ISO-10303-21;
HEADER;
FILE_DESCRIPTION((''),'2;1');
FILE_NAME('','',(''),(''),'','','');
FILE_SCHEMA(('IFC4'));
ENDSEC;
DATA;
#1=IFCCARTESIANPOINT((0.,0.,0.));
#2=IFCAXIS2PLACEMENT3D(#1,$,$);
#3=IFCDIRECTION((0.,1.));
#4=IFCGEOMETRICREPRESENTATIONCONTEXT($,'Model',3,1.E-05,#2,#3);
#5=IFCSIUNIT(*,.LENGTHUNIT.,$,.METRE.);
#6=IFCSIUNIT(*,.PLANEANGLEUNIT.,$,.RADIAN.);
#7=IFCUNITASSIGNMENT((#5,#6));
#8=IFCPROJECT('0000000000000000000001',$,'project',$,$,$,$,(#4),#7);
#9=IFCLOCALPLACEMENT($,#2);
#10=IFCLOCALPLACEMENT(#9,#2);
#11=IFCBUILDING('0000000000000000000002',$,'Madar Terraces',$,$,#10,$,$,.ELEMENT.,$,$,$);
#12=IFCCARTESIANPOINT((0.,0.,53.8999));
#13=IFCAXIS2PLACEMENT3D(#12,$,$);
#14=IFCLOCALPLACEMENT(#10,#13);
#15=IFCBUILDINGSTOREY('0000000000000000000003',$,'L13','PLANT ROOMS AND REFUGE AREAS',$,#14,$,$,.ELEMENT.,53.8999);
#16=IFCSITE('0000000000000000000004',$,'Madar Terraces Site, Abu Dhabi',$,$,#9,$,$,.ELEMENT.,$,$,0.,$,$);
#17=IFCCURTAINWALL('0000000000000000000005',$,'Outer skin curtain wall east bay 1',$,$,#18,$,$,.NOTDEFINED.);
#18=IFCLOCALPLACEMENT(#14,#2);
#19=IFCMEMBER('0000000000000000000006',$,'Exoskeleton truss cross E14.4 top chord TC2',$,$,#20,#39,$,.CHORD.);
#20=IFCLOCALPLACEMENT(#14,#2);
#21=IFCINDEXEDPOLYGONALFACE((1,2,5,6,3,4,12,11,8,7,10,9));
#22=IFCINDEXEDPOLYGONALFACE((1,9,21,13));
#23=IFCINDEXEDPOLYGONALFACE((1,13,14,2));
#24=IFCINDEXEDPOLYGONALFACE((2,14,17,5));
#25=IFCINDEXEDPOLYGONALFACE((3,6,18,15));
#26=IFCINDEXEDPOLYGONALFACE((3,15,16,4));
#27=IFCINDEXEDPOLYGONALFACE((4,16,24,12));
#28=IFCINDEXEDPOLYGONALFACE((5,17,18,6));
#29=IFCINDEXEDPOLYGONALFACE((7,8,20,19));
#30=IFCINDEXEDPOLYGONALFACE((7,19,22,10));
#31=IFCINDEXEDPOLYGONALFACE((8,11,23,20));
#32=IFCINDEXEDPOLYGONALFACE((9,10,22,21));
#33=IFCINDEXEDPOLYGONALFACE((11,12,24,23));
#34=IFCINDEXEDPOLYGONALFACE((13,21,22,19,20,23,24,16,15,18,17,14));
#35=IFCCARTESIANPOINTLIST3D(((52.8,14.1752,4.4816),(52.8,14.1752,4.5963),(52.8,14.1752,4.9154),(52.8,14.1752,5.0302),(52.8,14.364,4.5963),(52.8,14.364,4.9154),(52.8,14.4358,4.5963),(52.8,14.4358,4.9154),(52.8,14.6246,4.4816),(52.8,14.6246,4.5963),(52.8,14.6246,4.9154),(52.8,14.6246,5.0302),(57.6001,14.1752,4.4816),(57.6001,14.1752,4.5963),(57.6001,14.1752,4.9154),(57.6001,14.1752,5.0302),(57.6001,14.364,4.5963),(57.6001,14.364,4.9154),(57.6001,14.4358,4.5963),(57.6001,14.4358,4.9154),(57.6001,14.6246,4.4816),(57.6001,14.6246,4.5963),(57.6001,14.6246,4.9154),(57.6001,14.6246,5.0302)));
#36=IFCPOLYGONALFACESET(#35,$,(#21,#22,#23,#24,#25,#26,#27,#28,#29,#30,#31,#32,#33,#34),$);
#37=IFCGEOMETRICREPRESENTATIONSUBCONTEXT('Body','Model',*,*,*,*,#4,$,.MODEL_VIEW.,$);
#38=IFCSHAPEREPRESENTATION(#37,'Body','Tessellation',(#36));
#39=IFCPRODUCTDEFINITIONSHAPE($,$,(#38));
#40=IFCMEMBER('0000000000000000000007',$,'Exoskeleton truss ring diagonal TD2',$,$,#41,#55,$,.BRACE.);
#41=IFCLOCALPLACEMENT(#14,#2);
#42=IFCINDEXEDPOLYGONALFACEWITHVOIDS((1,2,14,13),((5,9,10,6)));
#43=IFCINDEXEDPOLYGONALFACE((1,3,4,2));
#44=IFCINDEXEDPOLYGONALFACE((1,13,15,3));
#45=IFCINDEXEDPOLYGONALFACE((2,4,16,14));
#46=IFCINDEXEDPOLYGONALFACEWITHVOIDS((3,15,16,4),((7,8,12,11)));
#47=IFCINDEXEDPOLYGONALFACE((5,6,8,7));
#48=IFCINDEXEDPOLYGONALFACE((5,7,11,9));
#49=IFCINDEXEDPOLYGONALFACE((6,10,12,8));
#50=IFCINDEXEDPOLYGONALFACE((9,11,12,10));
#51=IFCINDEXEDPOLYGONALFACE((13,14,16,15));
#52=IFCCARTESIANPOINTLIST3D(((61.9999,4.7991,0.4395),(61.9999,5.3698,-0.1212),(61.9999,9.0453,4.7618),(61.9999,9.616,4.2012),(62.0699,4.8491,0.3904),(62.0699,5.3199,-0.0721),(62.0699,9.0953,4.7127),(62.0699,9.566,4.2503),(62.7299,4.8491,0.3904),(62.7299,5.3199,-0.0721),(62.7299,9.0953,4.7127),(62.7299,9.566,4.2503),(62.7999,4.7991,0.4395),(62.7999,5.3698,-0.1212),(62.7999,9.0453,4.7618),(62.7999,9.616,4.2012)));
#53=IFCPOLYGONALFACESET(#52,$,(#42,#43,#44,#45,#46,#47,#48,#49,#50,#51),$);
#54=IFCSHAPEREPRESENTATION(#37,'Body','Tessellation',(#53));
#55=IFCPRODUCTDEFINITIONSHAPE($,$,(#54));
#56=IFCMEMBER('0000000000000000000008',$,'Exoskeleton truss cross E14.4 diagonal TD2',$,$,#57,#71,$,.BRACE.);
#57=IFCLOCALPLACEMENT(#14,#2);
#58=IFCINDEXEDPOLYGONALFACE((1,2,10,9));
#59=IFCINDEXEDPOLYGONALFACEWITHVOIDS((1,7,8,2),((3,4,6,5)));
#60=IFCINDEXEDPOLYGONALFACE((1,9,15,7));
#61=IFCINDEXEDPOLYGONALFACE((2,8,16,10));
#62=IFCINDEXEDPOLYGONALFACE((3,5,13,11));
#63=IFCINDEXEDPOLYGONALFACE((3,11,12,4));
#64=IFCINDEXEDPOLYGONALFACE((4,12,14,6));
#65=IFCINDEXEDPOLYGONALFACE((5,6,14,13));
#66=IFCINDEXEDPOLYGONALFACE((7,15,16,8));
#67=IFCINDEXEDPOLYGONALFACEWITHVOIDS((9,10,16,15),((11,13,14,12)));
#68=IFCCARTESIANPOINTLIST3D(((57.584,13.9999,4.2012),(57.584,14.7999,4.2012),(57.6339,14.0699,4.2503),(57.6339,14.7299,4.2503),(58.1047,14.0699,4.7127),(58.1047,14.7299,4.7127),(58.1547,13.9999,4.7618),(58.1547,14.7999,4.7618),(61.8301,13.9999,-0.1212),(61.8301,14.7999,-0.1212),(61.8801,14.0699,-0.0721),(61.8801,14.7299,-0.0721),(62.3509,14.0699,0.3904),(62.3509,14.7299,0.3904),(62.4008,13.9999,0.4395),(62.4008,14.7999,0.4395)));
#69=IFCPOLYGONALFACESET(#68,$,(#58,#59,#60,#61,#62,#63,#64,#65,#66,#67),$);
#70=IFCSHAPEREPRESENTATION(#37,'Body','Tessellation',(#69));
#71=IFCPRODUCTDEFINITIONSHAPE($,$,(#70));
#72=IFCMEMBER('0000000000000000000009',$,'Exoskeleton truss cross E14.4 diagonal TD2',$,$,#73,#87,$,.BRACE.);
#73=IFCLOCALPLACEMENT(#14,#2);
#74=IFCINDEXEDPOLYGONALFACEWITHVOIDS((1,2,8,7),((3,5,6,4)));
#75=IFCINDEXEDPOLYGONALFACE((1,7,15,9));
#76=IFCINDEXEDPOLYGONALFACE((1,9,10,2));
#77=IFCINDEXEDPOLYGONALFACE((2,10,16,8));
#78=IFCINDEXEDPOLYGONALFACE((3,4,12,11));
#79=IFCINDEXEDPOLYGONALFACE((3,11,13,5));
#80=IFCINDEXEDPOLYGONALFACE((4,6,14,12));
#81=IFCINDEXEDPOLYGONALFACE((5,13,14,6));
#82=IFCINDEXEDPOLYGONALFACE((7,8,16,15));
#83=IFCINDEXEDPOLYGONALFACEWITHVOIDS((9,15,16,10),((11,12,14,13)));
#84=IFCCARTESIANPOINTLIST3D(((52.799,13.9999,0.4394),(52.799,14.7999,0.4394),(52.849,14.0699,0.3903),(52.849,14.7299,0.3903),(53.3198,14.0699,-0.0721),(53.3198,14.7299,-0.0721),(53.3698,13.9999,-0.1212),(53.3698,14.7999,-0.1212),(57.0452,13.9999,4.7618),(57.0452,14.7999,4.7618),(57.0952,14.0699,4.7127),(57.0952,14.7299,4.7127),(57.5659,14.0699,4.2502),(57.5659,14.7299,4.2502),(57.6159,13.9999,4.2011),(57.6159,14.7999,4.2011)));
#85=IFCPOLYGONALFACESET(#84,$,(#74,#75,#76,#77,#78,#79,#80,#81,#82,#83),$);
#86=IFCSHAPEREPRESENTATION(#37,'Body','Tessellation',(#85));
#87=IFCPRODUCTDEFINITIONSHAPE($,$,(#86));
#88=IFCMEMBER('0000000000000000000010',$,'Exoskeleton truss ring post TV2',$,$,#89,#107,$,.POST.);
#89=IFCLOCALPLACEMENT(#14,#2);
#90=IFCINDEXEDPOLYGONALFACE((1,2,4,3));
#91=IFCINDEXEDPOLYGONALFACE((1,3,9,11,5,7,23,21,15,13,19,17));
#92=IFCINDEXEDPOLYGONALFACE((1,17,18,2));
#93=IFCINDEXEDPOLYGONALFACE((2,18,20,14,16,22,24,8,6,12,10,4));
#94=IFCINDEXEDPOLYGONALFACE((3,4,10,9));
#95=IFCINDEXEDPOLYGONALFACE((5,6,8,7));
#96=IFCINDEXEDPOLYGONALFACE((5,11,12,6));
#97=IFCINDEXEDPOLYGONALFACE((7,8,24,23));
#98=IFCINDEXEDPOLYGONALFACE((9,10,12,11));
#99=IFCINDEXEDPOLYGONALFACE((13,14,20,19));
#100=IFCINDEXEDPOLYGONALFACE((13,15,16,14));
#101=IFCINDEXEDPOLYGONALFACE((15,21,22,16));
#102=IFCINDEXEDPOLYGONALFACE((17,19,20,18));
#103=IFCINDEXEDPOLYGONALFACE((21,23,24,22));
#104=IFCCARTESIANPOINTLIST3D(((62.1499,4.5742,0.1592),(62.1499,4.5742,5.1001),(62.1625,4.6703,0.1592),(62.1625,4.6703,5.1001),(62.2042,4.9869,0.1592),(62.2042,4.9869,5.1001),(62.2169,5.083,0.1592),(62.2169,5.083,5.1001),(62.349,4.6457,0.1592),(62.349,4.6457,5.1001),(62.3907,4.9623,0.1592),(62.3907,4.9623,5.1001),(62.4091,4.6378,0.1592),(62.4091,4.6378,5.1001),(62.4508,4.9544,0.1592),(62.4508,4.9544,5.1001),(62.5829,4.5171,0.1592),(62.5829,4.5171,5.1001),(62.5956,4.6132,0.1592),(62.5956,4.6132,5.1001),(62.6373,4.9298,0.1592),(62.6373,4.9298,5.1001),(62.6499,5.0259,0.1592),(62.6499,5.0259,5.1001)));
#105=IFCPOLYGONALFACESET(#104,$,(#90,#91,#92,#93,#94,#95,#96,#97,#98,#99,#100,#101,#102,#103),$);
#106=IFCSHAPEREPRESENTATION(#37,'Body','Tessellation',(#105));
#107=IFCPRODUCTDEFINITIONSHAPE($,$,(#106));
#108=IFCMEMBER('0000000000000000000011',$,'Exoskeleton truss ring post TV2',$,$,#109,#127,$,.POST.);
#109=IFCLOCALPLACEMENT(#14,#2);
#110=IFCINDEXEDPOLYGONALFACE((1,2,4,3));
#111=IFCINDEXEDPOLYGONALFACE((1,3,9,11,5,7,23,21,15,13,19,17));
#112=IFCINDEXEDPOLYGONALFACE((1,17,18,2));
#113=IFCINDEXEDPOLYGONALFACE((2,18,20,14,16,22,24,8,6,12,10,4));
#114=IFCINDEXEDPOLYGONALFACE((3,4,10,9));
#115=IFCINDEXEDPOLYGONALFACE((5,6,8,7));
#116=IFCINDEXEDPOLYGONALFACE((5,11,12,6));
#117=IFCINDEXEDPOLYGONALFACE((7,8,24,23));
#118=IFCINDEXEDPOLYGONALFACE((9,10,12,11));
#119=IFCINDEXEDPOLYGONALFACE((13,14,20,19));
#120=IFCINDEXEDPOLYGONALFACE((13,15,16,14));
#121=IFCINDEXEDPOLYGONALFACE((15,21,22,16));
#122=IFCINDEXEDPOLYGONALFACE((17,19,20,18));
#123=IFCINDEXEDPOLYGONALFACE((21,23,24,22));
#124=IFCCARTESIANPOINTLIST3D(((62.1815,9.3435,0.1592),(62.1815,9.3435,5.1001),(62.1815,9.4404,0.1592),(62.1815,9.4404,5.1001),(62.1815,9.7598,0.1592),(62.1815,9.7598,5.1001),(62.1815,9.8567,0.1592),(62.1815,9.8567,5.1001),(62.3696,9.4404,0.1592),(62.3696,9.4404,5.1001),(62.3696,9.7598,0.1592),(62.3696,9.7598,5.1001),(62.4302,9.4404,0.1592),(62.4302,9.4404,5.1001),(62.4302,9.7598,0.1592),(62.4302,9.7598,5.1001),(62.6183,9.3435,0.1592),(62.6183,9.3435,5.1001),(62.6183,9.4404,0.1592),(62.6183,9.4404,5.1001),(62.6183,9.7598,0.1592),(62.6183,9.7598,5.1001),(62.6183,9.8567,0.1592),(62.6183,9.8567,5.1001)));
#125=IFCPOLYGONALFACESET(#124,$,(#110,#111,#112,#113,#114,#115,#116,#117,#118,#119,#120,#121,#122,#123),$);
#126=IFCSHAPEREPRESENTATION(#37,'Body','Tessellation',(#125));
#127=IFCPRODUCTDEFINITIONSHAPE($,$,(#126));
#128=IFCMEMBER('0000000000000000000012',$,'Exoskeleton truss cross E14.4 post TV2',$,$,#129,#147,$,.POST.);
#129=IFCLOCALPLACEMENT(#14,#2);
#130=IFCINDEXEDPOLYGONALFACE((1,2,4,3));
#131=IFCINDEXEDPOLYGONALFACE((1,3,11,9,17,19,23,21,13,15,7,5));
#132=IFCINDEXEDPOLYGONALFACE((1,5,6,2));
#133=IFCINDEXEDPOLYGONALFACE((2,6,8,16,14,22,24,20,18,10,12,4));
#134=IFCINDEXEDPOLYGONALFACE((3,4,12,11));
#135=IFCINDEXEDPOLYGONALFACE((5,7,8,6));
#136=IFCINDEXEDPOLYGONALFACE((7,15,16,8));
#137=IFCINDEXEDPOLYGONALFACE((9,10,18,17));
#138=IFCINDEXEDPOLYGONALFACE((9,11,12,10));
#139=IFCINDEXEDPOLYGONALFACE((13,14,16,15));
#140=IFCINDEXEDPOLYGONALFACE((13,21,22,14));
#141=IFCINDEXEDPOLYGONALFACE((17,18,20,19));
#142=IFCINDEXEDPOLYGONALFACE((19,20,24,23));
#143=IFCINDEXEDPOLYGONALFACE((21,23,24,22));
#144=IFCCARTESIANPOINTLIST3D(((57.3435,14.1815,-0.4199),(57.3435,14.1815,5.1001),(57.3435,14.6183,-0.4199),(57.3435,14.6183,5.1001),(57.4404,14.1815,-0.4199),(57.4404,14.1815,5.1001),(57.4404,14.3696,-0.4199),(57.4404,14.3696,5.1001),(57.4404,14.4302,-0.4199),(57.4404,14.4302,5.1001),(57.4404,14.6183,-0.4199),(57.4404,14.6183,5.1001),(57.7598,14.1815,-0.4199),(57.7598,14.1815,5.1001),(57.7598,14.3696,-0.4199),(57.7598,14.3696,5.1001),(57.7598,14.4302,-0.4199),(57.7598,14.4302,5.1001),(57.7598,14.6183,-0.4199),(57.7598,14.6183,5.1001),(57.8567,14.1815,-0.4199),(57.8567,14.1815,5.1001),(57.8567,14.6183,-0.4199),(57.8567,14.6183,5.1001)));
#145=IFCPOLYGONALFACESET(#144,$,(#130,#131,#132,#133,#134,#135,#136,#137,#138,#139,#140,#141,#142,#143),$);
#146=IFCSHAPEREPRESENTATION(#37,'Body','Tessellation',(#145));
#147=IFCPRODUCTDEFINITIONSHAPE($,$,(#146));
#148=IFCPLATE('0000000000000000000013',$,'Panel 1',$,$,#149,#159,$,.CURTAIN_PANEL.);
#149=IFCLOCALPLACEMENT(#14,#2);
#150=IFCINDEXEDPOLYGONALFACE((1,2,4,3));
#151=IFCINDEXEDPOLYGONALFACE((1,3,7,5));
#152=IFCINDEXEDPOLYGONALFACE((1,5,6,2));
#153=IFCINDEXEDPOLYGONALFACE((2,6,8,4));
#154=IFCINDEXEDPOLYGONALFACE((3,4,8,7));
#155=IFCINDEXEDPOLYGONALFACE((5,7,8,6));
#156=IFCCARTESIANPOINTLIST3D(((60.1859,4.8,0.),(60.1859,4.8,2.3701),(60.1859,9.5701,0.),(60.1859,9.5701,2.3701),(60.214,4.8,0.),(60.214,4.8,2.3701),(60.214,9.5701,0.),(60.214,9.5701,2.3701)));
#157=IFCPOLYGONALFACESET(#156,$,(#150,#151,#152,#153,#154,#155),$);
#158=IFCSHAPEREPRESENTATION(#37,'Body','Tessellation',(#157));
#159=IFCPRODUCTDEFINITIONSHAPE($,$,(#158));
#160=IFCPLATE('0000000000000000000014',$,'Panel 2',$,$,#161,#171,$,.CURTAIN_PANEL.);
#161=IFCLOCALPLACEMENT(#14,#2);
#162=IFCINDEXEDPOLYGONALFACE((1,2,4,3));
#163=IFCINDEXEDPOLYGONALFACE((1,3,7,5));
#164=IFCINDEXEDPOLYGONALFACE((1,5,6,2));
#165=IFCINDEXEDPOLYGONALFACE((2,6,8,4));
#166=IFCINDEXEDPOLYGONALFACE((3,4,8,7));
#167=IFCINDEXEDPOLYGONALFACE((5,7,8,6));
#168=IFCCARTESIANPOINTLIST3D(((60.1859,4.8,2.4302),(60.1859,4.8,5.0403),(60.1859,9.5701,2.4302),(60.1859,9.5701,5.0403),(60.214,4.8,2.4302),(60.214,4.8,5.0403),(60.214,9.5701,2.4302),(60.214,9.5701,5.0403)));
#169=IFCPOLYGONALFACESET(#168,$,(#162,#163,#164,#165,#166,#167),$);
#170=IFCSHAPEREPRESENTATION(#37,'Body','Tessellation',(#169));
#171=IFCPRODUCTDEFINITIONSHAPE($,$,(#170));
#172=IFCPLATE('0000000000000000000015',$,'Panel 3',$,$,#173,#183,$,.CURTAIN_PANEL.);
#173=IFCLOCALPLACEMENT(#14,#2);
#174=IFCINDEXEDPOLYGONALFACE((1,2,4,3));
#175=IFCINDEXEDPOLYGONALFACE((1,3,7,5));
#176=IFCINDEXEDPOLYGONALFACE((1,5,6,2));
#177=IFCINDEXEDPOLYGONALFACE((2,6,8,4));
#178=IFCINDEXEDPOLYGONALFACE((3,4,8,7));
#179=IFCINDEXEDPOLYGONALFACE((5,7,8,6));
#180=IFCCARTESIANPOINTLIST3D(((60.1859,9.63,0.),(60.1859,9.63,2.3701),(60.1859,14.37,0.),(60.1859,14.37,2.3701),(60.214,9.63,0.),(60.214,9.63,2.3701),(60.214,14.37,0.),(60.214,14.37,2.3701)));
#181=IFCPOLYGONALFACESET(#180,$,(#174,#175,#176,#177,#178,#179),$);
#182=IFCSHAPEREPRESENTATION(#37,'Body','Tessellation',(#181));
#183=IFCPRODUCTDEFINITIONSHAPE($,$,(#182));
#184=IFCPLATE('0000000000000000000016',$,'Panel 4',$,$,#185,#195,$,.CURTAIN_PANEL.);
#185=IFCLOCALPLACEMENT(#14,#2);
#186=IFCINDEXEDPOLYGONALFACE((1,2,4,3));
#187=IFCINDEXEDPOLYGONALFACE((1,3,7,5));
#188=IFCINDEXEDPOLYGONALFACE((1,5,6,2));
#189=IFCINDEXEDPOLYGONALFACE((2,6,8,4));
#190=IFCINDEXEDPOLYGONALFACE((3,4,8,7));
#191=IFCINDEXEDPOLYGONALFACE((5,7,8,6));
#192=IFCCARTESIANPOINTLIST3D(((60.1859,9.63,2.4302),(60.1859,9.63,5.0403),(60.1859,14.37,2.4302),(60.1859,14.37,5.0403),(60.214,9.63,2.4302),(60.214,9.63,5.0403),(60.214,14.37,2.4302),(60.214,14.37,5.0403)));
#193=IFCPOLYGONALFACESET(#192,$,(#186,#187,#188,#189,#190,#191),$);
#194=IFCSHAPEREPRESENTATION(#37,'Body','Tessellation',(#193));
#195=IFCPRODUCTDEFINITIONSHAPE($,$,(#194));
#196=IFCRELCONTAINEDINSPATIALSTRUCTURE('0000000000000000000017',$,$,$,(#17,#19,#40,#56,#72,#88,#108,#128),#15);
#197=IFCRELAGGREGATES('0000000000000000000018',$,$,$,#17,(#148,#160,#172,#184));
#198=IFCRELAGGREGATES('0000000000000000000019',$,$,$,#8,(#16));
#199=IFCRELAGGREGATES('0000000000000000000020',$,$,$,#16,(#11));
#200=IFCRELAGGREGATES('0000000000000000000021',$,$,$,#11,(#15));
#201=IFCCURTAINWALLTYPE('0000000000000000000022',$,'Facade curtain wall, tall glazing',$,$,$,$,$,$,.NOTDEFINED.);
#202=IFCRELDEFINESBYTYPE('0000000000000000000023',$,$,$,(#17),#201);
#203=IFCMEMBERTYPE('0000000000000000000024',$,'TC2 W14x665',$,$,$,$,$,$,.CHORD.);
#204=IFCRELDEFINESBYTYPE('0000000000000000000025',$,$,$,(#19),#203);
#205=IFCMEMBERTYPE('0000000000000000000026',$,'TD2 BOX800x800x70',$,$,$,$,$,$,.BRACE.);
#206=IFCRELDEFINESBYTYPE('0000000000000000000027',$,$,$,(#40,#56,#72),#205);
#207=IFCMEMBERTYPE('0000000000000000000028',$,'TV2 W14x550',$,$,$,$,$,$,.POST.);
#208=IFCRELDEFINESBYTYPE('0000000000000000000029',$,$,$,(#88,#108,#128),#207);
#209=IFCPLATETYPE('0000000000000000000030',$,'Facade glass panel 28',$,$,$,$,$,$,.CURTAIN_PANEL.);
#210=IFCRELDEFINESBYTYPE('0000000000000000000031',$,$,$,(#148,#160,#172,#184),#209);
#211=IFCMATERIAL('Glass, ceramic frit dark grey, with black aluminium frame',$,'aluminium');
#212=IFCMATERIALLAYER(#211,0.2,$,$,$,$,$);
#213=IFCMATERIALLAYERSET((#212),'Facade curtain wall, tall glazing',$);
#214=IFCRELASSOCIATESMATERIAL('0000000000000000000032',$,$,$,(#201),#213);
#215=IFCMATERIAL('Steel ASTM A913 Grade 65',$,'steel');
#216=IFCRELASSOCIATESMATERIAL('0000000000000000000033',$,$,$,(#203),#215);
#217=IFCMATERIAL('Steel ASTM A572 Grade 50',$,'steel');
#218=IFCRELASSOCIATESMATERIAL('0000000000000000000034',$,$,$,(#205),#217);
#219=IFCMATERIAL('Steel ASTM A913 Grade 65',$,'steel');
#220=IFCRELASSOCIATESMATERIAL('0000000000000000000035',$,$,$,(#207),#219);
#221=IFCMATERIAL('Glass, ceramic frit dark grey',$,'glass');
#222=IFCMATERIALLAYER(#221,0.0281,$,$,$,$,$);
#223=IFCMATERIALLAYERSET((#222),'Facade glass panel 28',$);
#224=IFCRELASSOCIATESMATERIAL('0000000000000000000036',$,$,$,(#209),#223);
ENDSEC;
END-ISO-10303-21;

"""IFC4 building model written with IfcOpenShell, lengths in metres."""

from ifc_helpers import new_model, si_unit, direction, frame, origin, origin_2d, place, context, subcontext, project, spatial, rectangle, hollow_rectangle, i_section, extrude, material, layer, layer_set, material_profile, profile_set, type_object, element, aggregate, save


model = new_model("IFC4")

# Units and contexts
model_context = context("Model", 3, precision=1e-05, world=origin(), true_north=direction((0.0, 1.0)))
body_context = subcontext(model_context, "Body", "Model", "MODEL_VIEW")
ifc_project = project(units=[si_unit("LENGTHUNIT", "METRE"), si_unit("PLANEANGLEUNIT", "RADIAN")], contexts=[model_context])

# Site, building, storey
site_placement = place(None, origin())
site = spatial("IfcSite", under=ifc_project, at=site_placement, Name="Madar Terraces Site, Abu Dhabi", CompositionType="ELEMENT", RefElevation=0.0)
building_placement = place(site_placement, origin())
building = spatial("IfcBuilding", under=site, at=building_placement, Name="Madar Terraces", CompositionType="ELEMENT")
storey_placement = place(building_placement, frame((0.0, 0.0, 53.8999)))
storey = spatial("IfcBuildingStorey", under=building, at=storey_placement, Name="L13", Description="PLANT ROOMS AND REFUGE AREAS", CompositionType="ELEMENT", Elevation=53.8999)

# Curtain wall
ifc_material_1 = material(Name="Glass, ceramic frit dark grey, with black aluminium frame", Category="aluminium")
ifc_layer_1 = layer(ifc_material_1, 0.2)
ifc_layer_set_1 = layer_set([ifc_layer_1], Name="Facade curtain wall, tall glazing")
curtain_wall_type = type_object("IfcCurtainWallType", Name="Facade curtain wall, tall glazing", PredefinedType="NOTDEFINED", material=ifc_layer_set_1)
curtain_wall_placement = place(storey_placement, origin())
curtain_wall = element("IfcCurtainWall", 1, at=curtain_wall_placement, inside=storey, type_object=curtain_wall_type, Name="Outer skin curtain wall east bay 1", PredefinedType="NOTDEFINED")

# Members
ifc_material_2 = material(Name="Steel ASTM A913 Grade 65", Category="steel")
ifc_material_profile_1 = material_profile(ifc_material_2, i_section(OverallWidth=0.4495, OverallDepth=0.5486, WebThickness=0.0718, FlangeThickness=0.1147, at=origin_2d()), Name="W14x665")
ifc_profile_set_1 = profile_set([ifc_material_profile_1], Name="Steel ASTM A913 Grade 65")
member_type_1 = type_object("IfcMemberType", Name="TC2 W14x665", PredefinedType="CHORD", material=ifc_profile_set_1)
member_1_placement = place(storey_placement, frame((57.6001, 14.3999, 4.7559), z_axis=(-1.0, 0.0, 0.0), x_axis=(0.0, -1.0, 0.0)))
element("IfcMember", 2, at=member_1_placement, inside=storey, type_object=member_type_1, Name="Exoskeleton truss cross E14.4 top chord TC2", PredefinedType="CHORD", context=body_context, shape_type="SweptSolid", body=[
    extrude(i_section(OverallWidth=0.4495, OverallDepth=0.5486, WebThickness=0.0718, FlangeThickness=0.1147, at=origin_2d()), origin(), (0.0, 0.0, 1.0), 4.8),
])
ifc_material_3 = material(Name="Steel ASTM A572 Grade 50", Category="steel")
ifc_material_profile_2 = material_profile(ifc_material_3, hollow_rectangle(XDim=0.8, YDim=0.8, WallThickness=0.0701, at=origin_2d()), Name="BOX800x800x70")
ifc_profile_set_2 = profile_set([ifc_material_profile_2], Name="Steel ASTM A572 Grade 50")
member_type_2 = type_object("IfcMemberType", Name="TD2 BOX800x800x70", PredefinedType="BRACE", material=ifc_profile_set_2)
for number, where, z_axis, x_axis, name in (
    (3, (62.3999, 5.0845, 0.1592), (0.0, 0.700793, 0.713365), (-1.0, 0.0, 0.0), "Exoskeleton truss ring diagonal TD2"),
    (4, (62.1155, 14.3999, 0.1592), (-0.700793, 0.0, 0.713365), (0.0, -1.0, 0.0), "Exoskeleton truss cross E14.4 diagonal TD2"),
    (5, (57.3306, 14.3999, 4.4814), (-0.700793, 0.0, -0.713365), (0.0, -1.0, 0.0), "Exoskeleton truss cross E14.4 diagonal TD2"),
):
    element("IfcMember", number, at=place(storey_placement, frame(where, z_axis=z_axis, x_axis=x_axis)), inside=storey, type_object=member_type_2, Name=name, PredefinedType="BRACE", context=body_context, shape_type="SweptSolid", body=[
        extrude(hollow_rectangle(XDim=0.8, YDim=0.8, WallThickness=0.0701, at=origin_2d()), origin(), (0.0, 0.0, 1.0), 6.0591),
    ])
ifc_material_4 = material(Name="Steel ASTM A913 Grade 65", Category="steel")
ifc_material_profile_3 = material_profile(ifc_material_4, i_section(OverallWidth=0.4368, OverallDepth=0.5132, WebThickness=0.0605, FlangeThickness=0.0969, at=origin_2d()), Name="W14x550")
ifc_profile_set_3 = profile_set([ifc_material_profile_3], Name="Steel ASTM A913 Grade 65")
member_type_3 = type_object("IfcMemberType", Name="TV2 W14x550", PredefinedType="POST", material=ifc_profile_set_3)
for number, where, z_axis, x_axis, name in (
    (6, (62.3999, 4.8, 0.1592), (0.0, 0.0, 1.0), (-0.991445, 0.130526, 0.0), "Exoskeleton truss ring post TV2"),
    (7, (62.3999, 9.6001, 0.1592), (0.0, 0.0, 1.0), (-1.0, 0.0, 0.0), "Exoskeleton truss ring post TV2"),
):
    element("IfcMember", number, at=place(storey_placement, frame(where, z_axis=z_axis, x_axis=x_axis)), inside=storey, type_object=member_type_3, Name=name, PredefinedType="POST", context=body_context, shape_type="SweptSolid", body=[
        extrude(i_section(OverallWidth=0.4368, OverallDepth=0.5132, WebThickness=0.0605, FlangeThickness=0.0969, at=origin_2d()), origin(), (0.0, 0.0, 1.0), 4.9409),
    ])
member_2_placement = place(storey_placement, frame((57.6001, 14.3999, -0.4199), z_axis=(0.0, 0.0, 1.0), x_axis=(0.0, 1.0, 0.0)))
element("IfcMember", 8, at=member_2_placement, inside=storey, type_object=member_type_3, Name="Exoskeleton truss cross E14.4 post TV2", PredefinedType="POST", context=body_context, shape_type="SweptSolid", body=[
    extrude(i_section(OverallWidth=0.4368, OverallDepth=0.5132, WebThickness=0.0605, FlangeThickness=0.0969, at=origin_2d()), origin(), (0.0, 0.0, 1.0), 5.52),
])

# Plates
ifc_material_5 = material(Name="Glass, ceramic frit dark grey", Category="glass")
ifc_layer_2 = layer(ifc_material_5, 0.0281)
ifc_layer_set_2 = layer_set([ifc_layer_2], Name="Facade glass panel 28")
plate_type = type_object("IfcPlateType", Name="Facade glass panel 28", PredefinedType="CURTAIN_PANEL", material=ifc_layer_set_2)
plate_1_placement = place(storey_placement, frame((60.2, 7.1851, 0.0), z_axis=(0.0, 0.0, 1.0), x_axis=(0.0, 1.0, 0.0)))
plate_1 = element("IfcPlate", 9, at=plate_1_placement, type_object=plate_type, Name="Panel 1", PredefinedType="CURTAIN_PANEL", context=body_context, shape_type="SweptSolid", body=[
    extrude(rectangle(XDim=4.77, YDim=0.0281, at=origin_2d()), origin(), (0.0, 0.0, 1.0), 2.3701),
])
plate_2_placement = place(storey_placement, frame((60.2, 7.1851, 2.4302), z_axis=(0.0, 0.0, 1.0), x_axis=(0.0, 1.0, 0.0)))
plate_2 = element("IfcPlate", 10, at=plate_2_placement, type_object=plate_type, Name="Panel 2", PredefinedType="CURTAIN_PANEL", context=body_context, shape_type="SweptSolid", body=[
    extrude(rectangle(XDim=4.77, YDim=0.0281, at=origin_2d()), origin(), (0.0, 0.0, 1.0), 2.6101),
])
plate_3_placement = place(storey_placement, frame((60.2, 12.0, 0.0), z_axis=(0.0, 0.0, 1.0), x_axis=(0.0, 1.0, 0.0)))
plate_3 = element("IfcPlate", 11, at=plate_3_placement, type_object=plate_type, Name="Panel 3", PredefinedType="CURTAIN_PANEL", context=body_context, shape_type="SweptSolid", body=[
    extrude(rectangle(XDim=4.74, YDim=0.0281, at=origin_2d()), origin(), (0.0, 0.0, 1.0), 2.3701),
])
plate_4_placement = place(storey_placement, frame((60.2, 12.0, 2.4302), z_axis=(0.0, 0.0, 1.0), x_axis=(0.0, 1.0, 0.0)))
plate_4 = element("IfcPlate", 12, at=plate_4_placement, type_object=plate_type, Name="Panel 4", PredefinedType="CURTAIN_PANEL", context=body_context, shape_type="SweptSolid", body=[
    extrude(rectangle(XDim=4.74, YDim=0.0281, at=origin_2d()), origin(), (0.0, 0.0, 1.0), 2.6101),
])
aggregate(curtain_wall, [plate_1, plate_2, plate_3, plate_4])

save(model, "model.ifc")
